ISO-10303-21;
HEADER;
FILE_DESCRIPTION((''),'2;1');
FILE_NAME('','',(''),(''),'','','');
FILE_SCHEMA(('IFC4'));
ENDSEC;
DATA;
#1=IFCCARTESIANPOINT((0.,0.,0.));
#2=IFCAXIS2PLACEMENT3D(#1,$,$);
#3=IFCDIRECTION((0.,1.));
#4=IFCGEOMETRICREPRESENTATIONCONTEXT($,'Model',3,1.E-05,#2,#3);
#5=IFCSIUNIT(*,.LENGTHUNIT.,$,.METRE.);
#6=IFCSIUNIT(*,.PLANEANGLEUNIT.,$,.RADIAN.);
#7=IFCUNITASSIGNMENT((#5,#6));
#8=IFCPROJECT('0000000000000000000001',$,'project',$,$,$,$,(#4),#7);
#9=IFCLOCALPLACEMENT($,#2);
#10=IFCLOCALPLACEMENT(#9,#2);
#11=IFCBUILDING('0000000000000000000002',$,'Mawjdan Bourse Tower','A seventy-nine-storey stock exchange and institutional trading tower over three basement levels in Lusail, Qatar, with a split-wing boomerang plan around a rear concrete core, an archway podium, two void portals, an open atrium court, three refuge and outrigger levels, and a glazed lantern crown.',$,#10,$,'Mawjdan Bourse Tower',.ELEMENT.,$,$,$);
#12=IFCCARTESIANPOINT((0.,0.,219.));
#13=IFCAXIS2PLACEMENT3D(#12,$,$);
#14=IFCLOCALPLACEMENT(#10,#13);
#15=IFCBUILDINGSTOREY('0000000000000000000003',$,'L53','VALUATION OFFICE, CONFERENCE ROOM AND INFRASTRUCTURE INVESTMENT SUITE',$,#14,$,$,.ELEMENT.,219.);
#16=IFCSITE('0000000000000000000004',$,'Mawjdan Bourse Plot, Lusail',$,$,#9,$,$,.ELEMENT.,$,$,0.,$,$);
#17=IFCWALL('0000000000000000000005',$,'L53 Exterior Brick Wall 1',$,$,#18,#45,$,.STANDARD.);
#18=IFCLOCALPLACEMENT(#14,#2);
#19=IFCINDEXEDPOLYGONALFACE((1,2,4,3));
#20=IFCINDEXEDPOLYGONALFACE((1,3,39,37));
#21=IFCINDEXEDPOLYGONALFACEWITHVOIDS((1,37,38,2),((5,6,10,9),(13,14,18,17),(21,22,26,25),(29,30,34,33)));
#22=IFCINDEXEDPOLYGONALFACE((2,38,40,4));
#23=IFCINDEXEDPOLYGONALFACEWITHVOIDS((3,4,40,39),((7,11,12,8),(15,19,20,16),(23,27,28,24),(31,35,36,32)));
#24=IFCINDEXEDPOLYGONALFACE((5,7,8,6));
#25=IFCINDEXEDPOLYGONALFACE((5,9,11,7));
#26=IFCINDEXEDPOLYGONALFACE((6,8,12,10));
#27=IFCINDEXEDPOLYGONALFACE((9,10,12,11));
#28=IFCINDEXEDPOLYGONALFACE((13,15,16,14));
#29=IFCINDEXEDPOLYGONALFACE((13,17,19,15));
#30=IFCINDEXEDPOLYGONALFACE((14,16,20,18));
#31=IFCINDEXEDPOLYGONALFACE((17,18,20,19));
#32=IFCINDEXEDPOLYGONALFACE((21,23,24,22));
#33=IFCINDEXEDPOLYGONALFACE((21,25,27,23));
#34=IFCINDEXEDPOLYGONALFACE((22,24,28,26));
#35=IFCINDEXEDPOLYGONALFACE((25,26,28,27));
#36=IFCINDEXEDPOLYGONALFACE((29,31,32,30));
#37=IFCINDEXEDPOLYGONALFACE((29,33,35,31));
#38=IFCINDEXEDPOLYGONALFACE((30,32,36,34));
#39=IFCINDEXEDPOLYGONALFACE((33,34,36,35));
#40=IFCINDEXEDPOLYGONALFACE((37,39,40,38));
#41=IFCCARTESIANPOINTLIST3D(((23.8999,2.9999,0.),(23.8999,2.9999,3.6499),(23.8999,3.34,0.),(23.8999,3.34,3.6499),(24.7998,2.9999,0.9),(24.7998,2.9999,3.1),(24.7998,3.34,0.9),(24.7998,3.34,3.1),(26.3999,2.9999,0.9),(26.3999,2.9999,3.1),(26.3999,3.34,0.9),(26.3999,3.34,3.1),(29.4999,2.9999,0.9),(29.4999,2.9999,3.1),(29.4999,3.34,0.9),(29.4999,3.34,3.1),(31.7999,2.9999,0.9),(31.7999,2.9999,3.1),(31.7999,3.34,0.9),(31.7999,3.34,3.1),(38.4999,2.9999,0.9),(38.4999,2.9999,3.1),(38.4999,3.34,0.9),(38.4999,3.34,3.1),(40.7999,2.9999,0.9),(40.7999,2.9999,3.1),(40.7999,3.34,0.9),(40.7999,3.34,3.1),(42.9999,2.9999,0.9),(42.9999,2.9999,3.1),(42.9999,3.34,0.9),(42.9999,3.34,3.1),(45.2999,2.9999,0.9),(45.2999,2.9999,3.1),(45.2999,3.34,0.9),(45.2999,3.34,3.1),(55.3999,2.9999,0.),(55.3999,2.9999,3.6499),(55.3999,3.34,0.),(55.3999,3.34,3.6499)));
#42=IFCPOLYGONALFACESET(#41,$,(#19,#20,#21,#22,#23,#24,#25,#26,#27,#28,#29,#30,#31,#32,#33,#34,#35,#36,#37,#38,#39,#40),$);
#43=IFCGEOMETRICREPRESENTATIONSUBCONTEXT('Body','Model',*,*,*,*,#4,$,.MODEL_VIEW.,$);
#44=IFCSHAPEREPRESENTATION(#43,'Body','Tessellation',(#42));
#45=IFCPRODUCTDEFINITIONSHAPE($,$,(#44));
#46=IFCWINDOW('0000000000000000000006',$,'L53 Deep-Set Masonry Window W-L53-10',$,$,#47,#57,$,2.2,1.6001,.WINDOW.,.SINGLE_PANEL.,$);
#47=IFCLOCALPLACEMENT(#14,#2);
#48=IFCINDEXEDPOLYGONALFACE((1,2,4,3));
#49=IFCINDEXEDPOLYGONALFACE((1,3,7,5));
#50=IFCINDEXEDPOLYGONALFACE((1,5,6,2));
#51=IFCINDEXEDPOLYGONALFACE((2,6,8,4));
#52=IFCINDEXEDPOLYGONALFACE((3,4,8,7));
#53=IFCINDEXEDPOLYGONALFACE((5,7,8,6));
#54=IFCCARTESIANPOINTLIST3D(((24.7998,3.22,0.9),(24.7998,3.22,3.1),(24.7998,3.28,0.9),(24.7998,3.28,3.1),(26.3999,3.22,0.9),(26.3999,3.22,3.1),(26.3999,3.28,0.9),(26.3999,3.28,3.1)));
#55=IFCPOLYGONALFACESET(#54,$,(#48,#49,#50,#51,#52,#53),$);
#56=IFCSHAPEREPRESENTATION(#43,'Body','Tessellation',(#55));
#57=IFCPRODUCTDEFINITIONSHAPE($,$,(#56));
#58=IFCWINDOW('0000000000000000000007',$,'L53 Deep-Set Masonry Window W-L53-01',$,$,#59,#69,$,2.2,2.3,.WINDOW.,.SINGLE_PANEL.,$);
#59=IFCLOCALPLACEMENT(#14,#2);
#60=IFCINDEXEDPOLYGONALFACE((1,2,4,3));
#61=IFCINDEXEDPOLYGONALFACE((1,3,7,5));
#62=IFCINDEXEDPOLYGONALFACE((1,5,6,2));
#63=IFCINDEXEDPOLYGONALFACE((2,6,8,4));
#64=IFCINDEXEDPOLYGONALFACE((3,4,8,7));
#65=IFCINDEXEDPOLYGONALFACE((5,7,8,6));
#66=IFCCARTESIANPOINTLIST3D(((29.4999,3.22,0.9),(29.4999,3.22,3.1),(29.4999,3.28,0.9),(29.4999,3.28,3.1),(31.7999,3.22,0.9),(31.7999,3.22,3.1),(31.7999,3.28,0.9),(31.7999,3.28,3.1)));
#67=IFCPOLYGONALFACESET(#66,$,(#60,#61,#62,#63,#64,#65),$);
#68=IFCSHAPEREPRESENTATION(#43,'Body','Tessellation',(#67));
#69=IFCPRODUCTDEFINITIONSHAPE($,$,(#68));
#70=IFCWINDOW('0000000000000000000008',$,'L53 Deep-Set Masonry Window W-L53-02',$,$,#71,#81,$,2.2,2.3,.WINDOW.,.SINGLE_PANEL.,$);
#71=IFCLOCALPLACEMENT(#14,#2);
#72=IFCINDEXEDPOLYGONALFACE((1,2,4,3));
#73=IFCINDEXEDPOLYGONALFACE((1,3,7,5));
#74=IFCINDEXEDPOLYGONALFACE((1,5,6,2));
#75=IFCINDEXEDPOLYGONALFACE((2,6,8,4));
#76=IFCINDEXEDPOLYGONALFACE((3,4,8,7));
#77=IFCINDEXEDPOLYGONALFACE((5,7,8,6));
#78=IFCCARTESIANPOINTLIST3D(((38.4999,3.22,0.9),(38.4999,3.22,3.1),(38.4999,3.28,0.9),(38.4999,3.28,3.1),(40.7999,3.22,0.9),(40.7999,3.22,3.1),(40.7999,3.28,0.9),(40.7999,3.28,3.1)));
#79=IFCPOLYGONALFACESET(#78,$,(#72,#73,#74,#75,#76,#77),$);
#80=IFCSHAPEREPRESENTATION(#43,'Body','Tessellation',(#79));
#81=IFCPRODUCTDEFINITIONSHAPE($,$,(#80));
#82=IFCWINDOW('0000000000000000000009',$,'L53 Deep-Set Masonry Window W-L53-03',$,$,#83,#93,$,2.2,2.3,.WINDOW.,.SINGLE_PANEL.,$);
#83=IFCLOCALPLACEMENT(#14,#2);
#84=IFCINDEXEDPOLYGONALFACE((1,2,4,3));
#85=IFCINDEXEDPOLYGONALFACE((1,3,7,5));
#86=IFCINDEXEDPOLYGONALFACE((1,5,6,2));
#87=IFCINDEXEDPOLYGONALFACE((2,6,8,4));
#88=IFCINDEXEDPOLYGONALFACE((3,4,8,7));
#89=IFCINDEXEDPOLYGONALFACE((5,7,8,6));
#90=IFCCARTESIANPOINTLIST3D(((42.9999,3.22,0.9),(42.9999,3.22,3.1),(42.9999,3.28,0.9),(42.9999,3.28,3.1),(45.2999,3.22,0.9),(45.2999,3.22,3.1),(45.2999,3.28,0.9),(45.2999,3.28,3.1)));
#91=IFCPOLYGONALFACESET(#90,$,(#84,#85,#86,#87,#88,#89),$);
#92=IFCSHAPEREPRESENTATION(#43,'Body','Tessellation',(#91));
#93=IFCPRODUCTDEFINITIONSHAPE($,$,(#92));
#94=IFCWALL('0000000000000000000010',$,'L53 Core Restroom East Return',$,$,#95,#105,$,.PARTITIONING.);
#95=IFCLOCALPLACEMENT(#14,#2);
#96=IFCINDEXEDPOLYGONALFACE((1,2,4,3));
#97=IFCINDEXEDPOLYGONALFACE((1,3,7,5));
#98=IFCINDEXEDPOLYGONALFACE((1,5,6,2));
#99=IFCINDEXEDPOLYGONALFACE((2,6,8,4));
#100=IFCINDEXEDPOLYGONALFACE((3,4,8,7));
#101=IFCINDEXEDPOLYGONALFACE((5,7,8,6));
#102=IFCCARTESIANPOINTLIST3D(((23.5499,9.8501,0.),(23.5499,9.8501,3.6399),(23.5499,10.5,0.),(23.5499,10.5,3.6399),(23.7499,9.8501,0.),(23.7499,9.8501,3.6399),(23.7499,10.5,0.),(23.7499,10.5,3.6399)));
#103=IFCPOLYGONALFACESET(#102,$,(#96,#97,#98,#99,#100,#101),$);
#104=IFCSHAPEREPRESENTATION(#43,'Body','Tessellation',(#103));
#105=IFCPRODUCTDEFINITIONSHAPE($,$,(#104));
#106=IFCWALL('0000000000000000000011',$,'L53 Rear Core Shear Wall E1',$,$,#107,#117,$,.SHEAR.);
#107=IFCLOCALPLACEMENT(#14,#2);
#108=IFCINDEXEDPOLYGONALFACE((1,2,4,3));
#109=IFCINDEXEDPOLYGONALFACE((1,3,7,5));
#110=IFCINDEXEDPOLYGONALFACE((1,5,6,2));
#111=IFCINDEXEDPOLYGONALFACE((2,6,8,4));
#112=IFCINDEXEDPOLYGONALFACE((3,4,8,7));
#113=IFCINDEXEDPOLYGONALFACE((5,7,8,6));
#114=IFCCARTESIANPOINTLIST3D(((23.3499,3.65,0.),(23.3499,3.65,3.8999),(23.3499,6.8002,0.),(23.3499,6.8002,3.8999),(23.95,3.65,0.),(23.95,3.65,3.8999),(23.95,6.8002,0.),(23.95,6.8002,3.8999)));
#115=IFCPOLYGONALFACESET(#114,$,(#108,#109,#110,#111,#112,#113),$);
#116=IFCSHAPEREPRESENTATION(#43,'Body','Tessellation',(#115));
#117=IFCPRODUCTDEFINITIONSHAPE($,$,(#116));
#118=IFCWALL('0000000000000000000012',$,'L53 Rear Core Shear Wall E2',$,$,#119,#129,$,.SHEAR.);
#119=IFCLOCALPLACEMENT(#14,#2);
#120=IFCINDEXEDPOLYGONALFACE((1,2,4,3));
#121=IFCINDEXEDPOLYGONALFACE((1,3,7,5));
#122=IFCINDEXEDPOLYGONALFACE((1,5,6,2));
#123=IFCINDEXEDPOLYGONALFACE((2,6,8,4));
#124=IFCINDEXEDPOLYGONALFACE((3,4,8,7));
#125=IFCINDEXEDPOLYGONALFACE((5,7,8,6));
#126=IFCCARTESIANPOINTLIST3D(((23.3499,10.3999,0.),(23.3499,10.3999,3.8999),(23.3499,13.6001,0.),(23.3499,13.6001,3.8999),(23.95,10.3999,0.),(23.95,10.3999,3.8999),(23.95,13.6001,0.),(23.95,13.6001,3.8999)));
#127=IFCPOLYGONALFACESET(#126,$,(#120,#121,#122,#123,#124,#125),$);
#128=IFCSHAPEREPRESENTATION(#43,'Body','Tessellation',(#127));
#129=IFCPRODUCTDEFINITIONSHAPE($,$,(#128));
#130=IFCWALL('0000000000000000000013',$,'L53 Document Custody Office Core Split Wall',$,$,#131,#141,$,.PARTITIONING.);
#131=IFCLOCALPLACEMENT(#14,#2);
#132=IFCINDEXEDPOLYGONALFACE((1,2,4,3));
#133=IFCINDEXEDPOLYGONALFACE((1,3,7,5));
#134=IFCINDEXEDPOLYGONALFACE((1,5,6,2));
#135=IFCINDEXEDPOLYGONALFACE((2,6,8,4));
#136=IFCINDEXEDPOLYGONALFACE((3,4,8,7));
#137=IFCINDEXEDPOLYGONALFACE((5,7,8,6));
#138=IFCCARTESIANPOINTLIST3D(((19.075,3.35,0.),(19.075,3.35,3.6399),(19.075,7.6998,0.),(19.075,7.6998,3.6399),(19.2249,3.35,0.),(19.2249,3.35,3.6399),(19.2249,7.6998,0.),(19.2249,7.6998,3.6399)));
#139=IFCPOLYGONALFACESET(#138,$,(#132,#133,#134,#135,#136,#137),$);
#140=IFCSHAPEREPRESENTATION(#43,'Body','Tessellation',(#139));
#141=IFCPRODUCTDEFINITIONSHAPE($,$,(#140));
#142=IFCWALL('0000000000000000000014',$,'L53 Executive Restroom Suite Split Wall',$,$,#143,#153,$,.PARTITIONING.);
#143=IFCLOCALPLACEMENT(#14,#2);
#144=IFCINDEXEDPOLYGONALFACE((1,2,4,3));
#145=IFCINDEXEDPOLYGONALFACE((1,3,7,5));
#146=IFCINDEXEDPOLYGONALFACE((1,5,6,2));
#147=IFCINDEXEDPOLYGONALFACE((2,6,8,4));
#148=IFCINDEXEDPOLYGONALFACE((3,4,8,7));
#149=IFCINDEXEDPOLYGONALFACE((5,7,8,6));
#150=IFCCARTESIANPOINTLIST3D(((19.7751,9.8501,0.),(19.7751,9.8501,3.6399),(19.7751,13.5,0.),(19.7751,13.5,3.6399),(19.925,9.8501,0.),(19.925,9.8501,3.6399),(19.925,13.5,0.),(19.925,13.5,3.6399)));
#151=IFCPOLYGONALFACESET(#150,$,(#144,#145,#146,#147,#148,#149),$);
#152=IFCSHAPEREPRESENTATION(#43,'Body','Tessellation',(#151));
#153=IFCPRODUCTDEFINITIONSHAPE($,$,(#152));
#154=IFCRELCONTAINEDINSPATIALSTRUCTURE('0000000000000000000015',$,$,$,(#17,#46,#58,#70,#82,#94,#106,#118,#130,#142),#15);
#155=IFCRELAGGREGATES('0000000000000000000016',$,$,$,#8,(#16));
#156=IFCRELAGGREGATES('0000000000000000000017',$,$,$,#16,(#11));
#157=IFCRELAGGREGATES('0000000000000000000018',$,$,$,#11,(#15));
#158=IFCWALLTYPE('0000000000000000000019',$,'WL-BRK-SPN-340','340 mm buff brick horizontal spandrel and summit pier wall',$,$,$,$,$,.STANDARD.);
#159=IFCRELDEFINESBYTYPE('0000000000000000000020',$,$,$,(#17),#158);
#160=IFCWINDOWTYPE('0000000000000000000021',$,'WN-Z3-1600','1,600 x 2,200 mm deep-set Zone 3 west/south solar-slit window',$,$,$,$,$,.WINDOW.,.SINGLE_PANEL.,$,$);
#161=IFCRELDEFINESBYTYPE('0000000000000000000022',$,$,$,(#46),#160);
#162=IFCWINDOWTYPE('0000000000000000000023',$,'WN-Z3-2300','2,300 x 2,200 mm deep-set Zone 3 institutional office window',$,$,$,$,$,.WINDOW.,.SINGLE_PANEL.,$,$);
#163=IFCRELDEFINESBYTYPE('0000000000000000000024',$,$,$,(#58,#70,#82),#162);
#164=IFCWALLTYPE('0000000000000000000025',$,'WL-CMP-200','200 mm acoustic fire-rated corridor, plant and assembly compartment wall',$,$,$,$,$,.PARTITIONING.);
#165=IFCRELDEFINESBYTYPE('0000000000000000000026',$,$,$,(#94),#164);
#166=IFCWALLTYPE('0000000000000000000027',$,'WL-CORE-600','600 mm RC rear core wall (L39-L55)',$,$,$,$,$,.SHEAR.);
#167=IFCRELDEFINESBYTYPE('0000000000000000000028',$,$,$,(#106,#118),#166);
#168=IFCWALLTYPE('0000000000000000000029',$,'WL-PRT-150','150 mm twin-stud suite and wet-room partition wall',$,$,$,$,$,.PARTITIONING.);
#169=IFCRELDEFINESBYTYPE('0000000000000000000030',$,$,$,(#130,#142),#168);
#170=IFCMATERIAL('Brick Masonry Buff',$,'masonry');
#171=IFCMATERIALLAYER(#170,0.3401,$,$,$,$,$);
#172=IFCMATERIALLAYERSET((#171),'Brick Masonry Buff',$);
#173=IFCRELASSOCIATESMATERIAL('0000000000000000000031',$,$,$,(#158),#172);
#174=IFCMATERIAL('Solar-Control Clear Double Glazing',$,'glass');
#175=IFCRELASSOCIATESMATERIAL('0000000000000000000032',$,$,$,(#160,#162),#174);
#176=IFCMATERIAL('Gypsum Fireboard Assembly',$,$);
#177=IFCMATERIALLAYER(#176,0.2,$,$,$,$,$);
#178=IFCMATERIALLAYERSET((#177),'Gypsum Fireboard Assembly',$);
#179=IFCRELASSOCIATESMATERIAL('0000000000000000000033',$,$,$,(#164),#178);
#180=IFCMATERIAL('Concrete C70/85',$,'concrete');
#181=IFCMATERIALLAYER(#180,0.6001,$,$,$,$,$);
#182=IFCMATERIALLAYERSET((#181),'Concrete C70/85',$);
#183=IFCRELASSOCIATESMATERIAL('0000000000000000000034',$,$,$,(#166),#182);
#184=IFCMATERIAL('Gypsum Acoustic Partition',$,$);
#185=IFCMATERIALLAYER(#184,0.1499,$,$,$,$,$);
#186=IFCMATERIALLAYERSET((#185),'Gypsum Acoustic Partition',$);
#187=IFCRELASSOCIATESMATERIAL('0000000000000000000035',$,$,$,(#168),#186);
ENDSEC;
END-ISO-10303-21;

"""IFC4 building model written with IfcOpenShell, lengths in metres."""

from ifc_helpers import new_model, si_unit, direction, frame, frame_2d, origin, place, context, subcontext, project, spatial, rectangle, extrude, material, layer, layer_set, type_object, element, fill, save


model = new_model("IFC4")

# Units and contexts
model_context = context("Model", 3, precision=1e-05, world=origin(), true_north=direction((0.0, 1.0)))
body_context = subcontext(model_context, "Body", "Model", "MODEL_VIEW")
ifc_project = project(units=[si_unit("LENGTHUNIT", "METRE"), si_unit("PLANEANGLEUNIT", "RADIAN")], contexts=[model_context])

# Site, building, storey
site_placement = place(None, origin())
site = spatial("IfcSite", under=ifc_project, at=site_placement, Name="Mawjdan Bourse Plot, Lusail", CompositionType="ELEMENT", RefElevation=0.0)
building_placement = place(site_placement, origin())
building = spatial("IfcBuilding", under=site, at=building_placement, Name="Mawjdan Bourse Tower", Description="A seventy-nine-storey stock exchange and institutional trading tower over three basement levels in Lusail, Qatar, with a split-wing boomerang plan around a rear concrete core, an archway podium, two void portals, an open atrium court, three refuge and outrigger levels, and a glazed lantern crown.", LongName="Mawjdan Bourse Tower", CompositionType="ELEMENT")
storey_placement = place(building_placement, frame((0.0, 0.0, 219.0)))
storey = spatial("IfcBuildingStorey", under=building, at=storey_placement, Name="L53", Description="VALUATION OFFICE, CONFERENCE ROOM AND INFRASTRUCTURE INVESTMENT SUITE", CompositionType="ELEMENT", Elevation=219.0)

# Shared definitions
ifc_material_1 = material(Name="Concrete C70/85", Category="concrete")

# Wall, openings, windows
ifc_material_2 = material(Name="Brick Masonry Buff", Category="masonry")
ifc_layer_1 = layer(ifc_material_2, 0.3401)
ifc_layer_set_1 = layer_set([ifc_layer_1], Name="Brick Masonry Buff")
wall_type_1 = type_object("IfcWallType", Name="WL-BRK-SPN-340", Description="340 mm buff brick horizontal spandrel and summit pier wall", PredefinedType="STANDARD", material=ifc_layer_set_1)
wall_1_placement = place(storey_placement, frame((23.8999, 3.1699, 0.0), z_axis=(0.0, 0.0, 1.0), x_axis=(1.0, 0.0, 0.0)))
wall_1 = element("IfcWall", 1, at=wall_1_placement, inside=storey, type_object=wall_type_1, Name="L53 Exterior Brick Wall 1", PredefinedType="STANDARD", context=body_context, shape_type="SweptSolid", body=[
    extrude(rectangle(XDim=31.5, YDim=0.3401, at=frame_2d((15.75, 0.0))), origin(), (0.0, 0.0, 1.0), 3.6499),
])
opening_1_placement = place(wall_1_placement, frame((5.6001, 0.0, 0.8999)))
opening_1 = element("IfcOpeningElement", 2, at=opening_1_placement, cuts=wall_1, PredefinedType="OPENING", context=body_context, shape_type="SweptSolid", body=[
    extrude(rectangle(XDim=2.3, YDim=2.2, at=frame_2d((1.1499, 1.1001))), frame((0.0, 0.1802, 0.0), z_axis=(0.0, -1.0, 0.0), x_axis=(1.0, 0.0, 0.0)), (0.0, 0.0, 1.0), 0.3601),
])
opening_2_placement = place(wall_1_placement, frame((14.6001, 0.0, 0.8999)))
opening_2 = element("IfcOpeningElement", 3, at=opening_2_placement, cuts=wall_1, PredefinedType="OPENING", context=body_context, shape_type="SweptSolid", body=[
    extrude(rectangle(XDim=2.3, YDim=2.2, at=frame_2d((1.1499, 1.1001))), frame((0.0, 0.1802, 0.0), z_axis=(0.0, -1.0, 0.0), x_axis=(1.0, 0.0, 0.0)), (0.0, 0.0, 1.0), 0.3601),
])
opening_3_placement = place(wall_1_placement, frame((19.1001, 0.0, 0.8999)))
opening_3 = element("IfcOpeningElement", 4, at=opening_3_placement, cuts=wall_1, PredefinedType="OPENING", context=body_context, shape_type="SweptSolid", body=[
    extrude(rectangle(XDim=2.3, YDim=2.2, at=frame_2d((1.1499, 1.1001))), frame((0.0, 0.1802, 0.0), z_axis=(0.0, -1.0, 0.0), x_axis=(1.0, 0.0, 0.0)), (0.0, 0.0, 1.0), 0.3601),
])
opening_4_placement = place(wall_1_placement, frame((0.8999, 0.0, 0.8999)))
opening_4 = element("IfcOpeningElement", 5, at=opening_4_placement, cuts=wall_1, PredefinedType="OPENING", context=body_context, shape_type="SweptSolid", body=[
    extrude(rectangle(XDim=1.6001, YDim=2.2, at=frame_2d((0.8, 1.1001))), frame((0.0, 0.1802, 0.0), z_axis=(0.0, -1.0, 0.0), x_axis=(1.0, 0.0, 0.0)), (0.0, 0.0, 1.0), 0.3601),
])
ifc_material_3 = material(Name="Solar-Control Clear Double Glazing", Category="glass")
window_type_1 = type_object("IfcWindowType", Name="WN-Z3-1600", Description="1,600 x 2,200 mm deep-set Zone 3 west/south solar-slit window", PartitioningType="SINGLE_PANEL", PredefinedType="WINDOW", material=ifc_material_3)
window_1_placement = place(opening_4_placement, origin())
window_1 = element("IfcWindow", 6, at=window_1_placement, inside=storey, type_object=window_type_1, Name="L53 Deep-Set Masonry Window W-L53-10", OverallHeight=2.2, OverallWidth=1.6001, PartitioningType="SINGLE_PANEL", PredefinedType="WINDOW", context=body_context, shape_type="SweptSolid", body=[
    extrude(rectangle(XDim=1.6001, YDim=2.2, at=frame_2d((0.8, 1.1001))), frame((0.0, 0.1101, 0.0), z_axis=(0.0, -1.0, 0.0), x_axis=(1.0, 0.0, 0.0)), (0.0, 0.0, 1.0), 0.0601),
])
fill(opening_4, window_1)
window_type_2 = type_object("IfcWindowType", Name="WN-Z3-2300", Description="2,300 x 2,200 mm deep-set Zone 3 institutional office window", PartitioningType="SINGLE_PANEL", PredefinedType="WINDOW", material=ifc_material_3)
window_2_placement = place(opening_1_placement, origin())
window_2 = element("IfcWindow", 7, at=window_2_placement, inside=storey, type_object=window_type_2, Name="L53 Deep-Set Masonry Window W-L53-01", OverallHeight=2.2, OverallWidth=2.3, PartitioningType="SINGLE_PANEL", PredefinedType="WINDOW", context=body_context, shape_type="SweptSolid", body=[
    extrude(rectangle(XDim=2.3, YDim=2.2, at=frame_2d((1.1499, 1.1001))), frame((0.0, 0.1101, 0.0), z_axis=(0.0, -1.0, 0.0), x_axis=(1.0, 0.0, 0.0)), (0.0, 0.0, 1.0), 0.0601),
])
fill(opening_1, window_2)
window_3_placement = place(opening_2_placement, origin())
window_3 = element("IfcWindow", 8, at=window_3_placement, inside=storey, type_object=window_type_2, Name="L53 Deep-Set Masonry Window W-L53-02", OverallHeight=2.2, OverallWidth=2.3, PartitioningType="SINGLE_PANEL", PredefinedType="WINDOW", context=body_context, shape_type="SweptSolid", body=[
    extrude(rectangle(XDim=2.3, YDim=2.2, at=frame_2d((1.1499, 1.1001))), frame((0.0, 0.1101, 0.0), z_axis=(0.0, -1.0, 0.0), x_axis=(1.0, 0.0, 0.0)), (0.0, 0.0, 1.0), 0.0601),
])
fill(opening_2, window_3)
window_4_placement = place(opening_3_placement, origin())
window_4 = element("IfcWindow", 9, at=window_4_placement, inside=storey, type_object=window_type_2, Name="L53 Deep-Set Masonry Window W-L53-03", OverallHeight=2.2, OverallWidth=2.3, PartitioningType="SINGLE_PANEL", PredefinedType="WINDOW", context=body_context, shape_type="SweptSolid", body=[
    extrude(rectangle(XDim=2.3, YDim=2.2, at=frame_2d((1.1499, 1.1001))), frame((0.0, 0.1101, 0.0), z_axis=(0.0, -1.0, 0.0), x_axis=(1.0, 0.0, 0.0)), (0.0, 0.0, 1.0), 0.0601),
])
fill(opening_3, window_4)

# Shared definitions
ifc_material_4 = material(Name="Gypsum Fireboard Assembly")
ifc_layer_2 = layer(ifc_material_4, 0.2)
ifc_layer_set_2 = layer_set([ifc_layer_2], Name="Gypsum Fireboard Assembly")
wall_type_2 = type_object("IfcWallType", Name="WL-CMP-200", Description="200 mm acoustic fire-rated corridor, plant and assembly compartment wall", PredefinedType="PARTITIONING", material=ifc_layer_set_2)

# Wall
wall_2_placement = place(storey_placement, frame((23.6499, 9.8501, 0.0), z_axis=(0.0, 0.0, 1.0), x_axis=(0.0, 1.0, 0.0)))
element("IfcWall", 10, at=wall_2_placement, inside=storey, type_object=wall_type_2, Name="L53 Core Restroom East Return", PredefinedType="PARTITIONING", context=body_context, shape_type="SweptSolid", body=[
    extrude(rectangle(XDim=0.6499, YDim=0.2, at=frame_2d((0.325, 0.0))), origin(), (0.0, 0.0, 1.0), 3.6399),
])

# Walls
ifc_layer_3 = layer(ifc_material_1, 0.6001)
ifc_layer_set_3 = layer_set([ifc_layer_3], Name="Concrete C70/85")
wall_type_3 = type_object("IfcWallType", Name="WL-CORE-600", Description="600 mm RC rear core wall (L39-L55)", PredefinedType="SHEAR", material=ifc_layer_set_3)
wall_3_placement = place(storey_placement, frame((23.6499, 3.6499, 0.0), z_axis=(0.0, 0.0, 1.0), x_axis=(0.0, 1.0, 0.0)))
element("IfcWall", 11, at=wall_3_placement, inside=storey, type_object=wall_type_3, Name="L53 Rear Core Shear Wall E1", PredefinedType="SHEAR", context=body_context, shape_type="SweptSolid", body=[
    extrude(rectangle(XDim=3.1501, YDim=0.6001, at=frame_2d((1.5752, 0.0))), origin(), (0.0, 0.0, 1.0), 3.8999),
])
wall_4_placement = place(storey_placement, frame((23.6499, 10.3999, 0.0), z_axis=(0.0, 0.0, 1.0), x_axis=(0.0, 1.0, 0.0)))
element("IfcWall", 12, at=wall_4_placement, inside=storey, type_object=wall_type_3, Name="L53 Rear Core Shear Wall E2", PredefinedType="SHEAR", context=body_context, shape_type="SweptSolid", body=[
    extrude(rectangle(XDim=3.2002, YDim=0.6001, at=frame_2d((1.6001, 0.0))), origin(), (0.0, 0.0, 1.0), 3.8999),
])
ifc_material_5 = material(Name="Gypsum Acoustic Partition")
ifc_layer_4 = layer(ifc_material_5, 0.1499)
ifc_layer_set_4 = layer_set([ifc_layer_4], Name="Gypsum Acoustic Partition")
wall_type_4 = type_object("IfcWallType", Name="WL-PRT-150", Description="150 mm twin-stud suite and wet-room partition wall", PredefinedType="PARTITIONING", material=ifc_layer_set_4)
wall_5_placement = place(storey_placement, frame((19.1499, 3.3501, 0.0), z_axis=(0.0, 0.0, 1.0), x_axis=(0.0, 1.0, 0.0)))
element("IfcWall", 13, at=wall_5_placement, inside=storey, type_object=wall_type_4, Name="L53 Document Custody Office Core Split Wall", PredefinedType="PARTITIONING", context=body_context, shape_type="SweptSolid", body=[
    extrude(rectangle(XDim=4.3499, YDim=0.1499, at=frame_2d((2.1748, 0.0))), origin(), (0.0, 0.0, 1.0), 3.6399),
])
wall_6_placement = place(storey_placement, frame((19.8501, 9.8501, 0.0), z_axis=(0.0, 0.0, 1.0), x_axis=(0.0, 1.0, 0.0)))
element("IfcWall", 14, at=wall_6_placement, inside=storey, type_object=wall_type_4, Name="L53 Executive Restroom Suite Split Wall", PredefinedType="PARTITIONING", context=body_context, shape_type="SweptSolid", body=[
    extrude(rectangle(XDim=3.6499, YDim=0.1499, at=frame_2d((1.825, 0.0))), origin(), (0.0, 0.0, 1.0), 3.6399),
])

save(model, "model.ifc")
